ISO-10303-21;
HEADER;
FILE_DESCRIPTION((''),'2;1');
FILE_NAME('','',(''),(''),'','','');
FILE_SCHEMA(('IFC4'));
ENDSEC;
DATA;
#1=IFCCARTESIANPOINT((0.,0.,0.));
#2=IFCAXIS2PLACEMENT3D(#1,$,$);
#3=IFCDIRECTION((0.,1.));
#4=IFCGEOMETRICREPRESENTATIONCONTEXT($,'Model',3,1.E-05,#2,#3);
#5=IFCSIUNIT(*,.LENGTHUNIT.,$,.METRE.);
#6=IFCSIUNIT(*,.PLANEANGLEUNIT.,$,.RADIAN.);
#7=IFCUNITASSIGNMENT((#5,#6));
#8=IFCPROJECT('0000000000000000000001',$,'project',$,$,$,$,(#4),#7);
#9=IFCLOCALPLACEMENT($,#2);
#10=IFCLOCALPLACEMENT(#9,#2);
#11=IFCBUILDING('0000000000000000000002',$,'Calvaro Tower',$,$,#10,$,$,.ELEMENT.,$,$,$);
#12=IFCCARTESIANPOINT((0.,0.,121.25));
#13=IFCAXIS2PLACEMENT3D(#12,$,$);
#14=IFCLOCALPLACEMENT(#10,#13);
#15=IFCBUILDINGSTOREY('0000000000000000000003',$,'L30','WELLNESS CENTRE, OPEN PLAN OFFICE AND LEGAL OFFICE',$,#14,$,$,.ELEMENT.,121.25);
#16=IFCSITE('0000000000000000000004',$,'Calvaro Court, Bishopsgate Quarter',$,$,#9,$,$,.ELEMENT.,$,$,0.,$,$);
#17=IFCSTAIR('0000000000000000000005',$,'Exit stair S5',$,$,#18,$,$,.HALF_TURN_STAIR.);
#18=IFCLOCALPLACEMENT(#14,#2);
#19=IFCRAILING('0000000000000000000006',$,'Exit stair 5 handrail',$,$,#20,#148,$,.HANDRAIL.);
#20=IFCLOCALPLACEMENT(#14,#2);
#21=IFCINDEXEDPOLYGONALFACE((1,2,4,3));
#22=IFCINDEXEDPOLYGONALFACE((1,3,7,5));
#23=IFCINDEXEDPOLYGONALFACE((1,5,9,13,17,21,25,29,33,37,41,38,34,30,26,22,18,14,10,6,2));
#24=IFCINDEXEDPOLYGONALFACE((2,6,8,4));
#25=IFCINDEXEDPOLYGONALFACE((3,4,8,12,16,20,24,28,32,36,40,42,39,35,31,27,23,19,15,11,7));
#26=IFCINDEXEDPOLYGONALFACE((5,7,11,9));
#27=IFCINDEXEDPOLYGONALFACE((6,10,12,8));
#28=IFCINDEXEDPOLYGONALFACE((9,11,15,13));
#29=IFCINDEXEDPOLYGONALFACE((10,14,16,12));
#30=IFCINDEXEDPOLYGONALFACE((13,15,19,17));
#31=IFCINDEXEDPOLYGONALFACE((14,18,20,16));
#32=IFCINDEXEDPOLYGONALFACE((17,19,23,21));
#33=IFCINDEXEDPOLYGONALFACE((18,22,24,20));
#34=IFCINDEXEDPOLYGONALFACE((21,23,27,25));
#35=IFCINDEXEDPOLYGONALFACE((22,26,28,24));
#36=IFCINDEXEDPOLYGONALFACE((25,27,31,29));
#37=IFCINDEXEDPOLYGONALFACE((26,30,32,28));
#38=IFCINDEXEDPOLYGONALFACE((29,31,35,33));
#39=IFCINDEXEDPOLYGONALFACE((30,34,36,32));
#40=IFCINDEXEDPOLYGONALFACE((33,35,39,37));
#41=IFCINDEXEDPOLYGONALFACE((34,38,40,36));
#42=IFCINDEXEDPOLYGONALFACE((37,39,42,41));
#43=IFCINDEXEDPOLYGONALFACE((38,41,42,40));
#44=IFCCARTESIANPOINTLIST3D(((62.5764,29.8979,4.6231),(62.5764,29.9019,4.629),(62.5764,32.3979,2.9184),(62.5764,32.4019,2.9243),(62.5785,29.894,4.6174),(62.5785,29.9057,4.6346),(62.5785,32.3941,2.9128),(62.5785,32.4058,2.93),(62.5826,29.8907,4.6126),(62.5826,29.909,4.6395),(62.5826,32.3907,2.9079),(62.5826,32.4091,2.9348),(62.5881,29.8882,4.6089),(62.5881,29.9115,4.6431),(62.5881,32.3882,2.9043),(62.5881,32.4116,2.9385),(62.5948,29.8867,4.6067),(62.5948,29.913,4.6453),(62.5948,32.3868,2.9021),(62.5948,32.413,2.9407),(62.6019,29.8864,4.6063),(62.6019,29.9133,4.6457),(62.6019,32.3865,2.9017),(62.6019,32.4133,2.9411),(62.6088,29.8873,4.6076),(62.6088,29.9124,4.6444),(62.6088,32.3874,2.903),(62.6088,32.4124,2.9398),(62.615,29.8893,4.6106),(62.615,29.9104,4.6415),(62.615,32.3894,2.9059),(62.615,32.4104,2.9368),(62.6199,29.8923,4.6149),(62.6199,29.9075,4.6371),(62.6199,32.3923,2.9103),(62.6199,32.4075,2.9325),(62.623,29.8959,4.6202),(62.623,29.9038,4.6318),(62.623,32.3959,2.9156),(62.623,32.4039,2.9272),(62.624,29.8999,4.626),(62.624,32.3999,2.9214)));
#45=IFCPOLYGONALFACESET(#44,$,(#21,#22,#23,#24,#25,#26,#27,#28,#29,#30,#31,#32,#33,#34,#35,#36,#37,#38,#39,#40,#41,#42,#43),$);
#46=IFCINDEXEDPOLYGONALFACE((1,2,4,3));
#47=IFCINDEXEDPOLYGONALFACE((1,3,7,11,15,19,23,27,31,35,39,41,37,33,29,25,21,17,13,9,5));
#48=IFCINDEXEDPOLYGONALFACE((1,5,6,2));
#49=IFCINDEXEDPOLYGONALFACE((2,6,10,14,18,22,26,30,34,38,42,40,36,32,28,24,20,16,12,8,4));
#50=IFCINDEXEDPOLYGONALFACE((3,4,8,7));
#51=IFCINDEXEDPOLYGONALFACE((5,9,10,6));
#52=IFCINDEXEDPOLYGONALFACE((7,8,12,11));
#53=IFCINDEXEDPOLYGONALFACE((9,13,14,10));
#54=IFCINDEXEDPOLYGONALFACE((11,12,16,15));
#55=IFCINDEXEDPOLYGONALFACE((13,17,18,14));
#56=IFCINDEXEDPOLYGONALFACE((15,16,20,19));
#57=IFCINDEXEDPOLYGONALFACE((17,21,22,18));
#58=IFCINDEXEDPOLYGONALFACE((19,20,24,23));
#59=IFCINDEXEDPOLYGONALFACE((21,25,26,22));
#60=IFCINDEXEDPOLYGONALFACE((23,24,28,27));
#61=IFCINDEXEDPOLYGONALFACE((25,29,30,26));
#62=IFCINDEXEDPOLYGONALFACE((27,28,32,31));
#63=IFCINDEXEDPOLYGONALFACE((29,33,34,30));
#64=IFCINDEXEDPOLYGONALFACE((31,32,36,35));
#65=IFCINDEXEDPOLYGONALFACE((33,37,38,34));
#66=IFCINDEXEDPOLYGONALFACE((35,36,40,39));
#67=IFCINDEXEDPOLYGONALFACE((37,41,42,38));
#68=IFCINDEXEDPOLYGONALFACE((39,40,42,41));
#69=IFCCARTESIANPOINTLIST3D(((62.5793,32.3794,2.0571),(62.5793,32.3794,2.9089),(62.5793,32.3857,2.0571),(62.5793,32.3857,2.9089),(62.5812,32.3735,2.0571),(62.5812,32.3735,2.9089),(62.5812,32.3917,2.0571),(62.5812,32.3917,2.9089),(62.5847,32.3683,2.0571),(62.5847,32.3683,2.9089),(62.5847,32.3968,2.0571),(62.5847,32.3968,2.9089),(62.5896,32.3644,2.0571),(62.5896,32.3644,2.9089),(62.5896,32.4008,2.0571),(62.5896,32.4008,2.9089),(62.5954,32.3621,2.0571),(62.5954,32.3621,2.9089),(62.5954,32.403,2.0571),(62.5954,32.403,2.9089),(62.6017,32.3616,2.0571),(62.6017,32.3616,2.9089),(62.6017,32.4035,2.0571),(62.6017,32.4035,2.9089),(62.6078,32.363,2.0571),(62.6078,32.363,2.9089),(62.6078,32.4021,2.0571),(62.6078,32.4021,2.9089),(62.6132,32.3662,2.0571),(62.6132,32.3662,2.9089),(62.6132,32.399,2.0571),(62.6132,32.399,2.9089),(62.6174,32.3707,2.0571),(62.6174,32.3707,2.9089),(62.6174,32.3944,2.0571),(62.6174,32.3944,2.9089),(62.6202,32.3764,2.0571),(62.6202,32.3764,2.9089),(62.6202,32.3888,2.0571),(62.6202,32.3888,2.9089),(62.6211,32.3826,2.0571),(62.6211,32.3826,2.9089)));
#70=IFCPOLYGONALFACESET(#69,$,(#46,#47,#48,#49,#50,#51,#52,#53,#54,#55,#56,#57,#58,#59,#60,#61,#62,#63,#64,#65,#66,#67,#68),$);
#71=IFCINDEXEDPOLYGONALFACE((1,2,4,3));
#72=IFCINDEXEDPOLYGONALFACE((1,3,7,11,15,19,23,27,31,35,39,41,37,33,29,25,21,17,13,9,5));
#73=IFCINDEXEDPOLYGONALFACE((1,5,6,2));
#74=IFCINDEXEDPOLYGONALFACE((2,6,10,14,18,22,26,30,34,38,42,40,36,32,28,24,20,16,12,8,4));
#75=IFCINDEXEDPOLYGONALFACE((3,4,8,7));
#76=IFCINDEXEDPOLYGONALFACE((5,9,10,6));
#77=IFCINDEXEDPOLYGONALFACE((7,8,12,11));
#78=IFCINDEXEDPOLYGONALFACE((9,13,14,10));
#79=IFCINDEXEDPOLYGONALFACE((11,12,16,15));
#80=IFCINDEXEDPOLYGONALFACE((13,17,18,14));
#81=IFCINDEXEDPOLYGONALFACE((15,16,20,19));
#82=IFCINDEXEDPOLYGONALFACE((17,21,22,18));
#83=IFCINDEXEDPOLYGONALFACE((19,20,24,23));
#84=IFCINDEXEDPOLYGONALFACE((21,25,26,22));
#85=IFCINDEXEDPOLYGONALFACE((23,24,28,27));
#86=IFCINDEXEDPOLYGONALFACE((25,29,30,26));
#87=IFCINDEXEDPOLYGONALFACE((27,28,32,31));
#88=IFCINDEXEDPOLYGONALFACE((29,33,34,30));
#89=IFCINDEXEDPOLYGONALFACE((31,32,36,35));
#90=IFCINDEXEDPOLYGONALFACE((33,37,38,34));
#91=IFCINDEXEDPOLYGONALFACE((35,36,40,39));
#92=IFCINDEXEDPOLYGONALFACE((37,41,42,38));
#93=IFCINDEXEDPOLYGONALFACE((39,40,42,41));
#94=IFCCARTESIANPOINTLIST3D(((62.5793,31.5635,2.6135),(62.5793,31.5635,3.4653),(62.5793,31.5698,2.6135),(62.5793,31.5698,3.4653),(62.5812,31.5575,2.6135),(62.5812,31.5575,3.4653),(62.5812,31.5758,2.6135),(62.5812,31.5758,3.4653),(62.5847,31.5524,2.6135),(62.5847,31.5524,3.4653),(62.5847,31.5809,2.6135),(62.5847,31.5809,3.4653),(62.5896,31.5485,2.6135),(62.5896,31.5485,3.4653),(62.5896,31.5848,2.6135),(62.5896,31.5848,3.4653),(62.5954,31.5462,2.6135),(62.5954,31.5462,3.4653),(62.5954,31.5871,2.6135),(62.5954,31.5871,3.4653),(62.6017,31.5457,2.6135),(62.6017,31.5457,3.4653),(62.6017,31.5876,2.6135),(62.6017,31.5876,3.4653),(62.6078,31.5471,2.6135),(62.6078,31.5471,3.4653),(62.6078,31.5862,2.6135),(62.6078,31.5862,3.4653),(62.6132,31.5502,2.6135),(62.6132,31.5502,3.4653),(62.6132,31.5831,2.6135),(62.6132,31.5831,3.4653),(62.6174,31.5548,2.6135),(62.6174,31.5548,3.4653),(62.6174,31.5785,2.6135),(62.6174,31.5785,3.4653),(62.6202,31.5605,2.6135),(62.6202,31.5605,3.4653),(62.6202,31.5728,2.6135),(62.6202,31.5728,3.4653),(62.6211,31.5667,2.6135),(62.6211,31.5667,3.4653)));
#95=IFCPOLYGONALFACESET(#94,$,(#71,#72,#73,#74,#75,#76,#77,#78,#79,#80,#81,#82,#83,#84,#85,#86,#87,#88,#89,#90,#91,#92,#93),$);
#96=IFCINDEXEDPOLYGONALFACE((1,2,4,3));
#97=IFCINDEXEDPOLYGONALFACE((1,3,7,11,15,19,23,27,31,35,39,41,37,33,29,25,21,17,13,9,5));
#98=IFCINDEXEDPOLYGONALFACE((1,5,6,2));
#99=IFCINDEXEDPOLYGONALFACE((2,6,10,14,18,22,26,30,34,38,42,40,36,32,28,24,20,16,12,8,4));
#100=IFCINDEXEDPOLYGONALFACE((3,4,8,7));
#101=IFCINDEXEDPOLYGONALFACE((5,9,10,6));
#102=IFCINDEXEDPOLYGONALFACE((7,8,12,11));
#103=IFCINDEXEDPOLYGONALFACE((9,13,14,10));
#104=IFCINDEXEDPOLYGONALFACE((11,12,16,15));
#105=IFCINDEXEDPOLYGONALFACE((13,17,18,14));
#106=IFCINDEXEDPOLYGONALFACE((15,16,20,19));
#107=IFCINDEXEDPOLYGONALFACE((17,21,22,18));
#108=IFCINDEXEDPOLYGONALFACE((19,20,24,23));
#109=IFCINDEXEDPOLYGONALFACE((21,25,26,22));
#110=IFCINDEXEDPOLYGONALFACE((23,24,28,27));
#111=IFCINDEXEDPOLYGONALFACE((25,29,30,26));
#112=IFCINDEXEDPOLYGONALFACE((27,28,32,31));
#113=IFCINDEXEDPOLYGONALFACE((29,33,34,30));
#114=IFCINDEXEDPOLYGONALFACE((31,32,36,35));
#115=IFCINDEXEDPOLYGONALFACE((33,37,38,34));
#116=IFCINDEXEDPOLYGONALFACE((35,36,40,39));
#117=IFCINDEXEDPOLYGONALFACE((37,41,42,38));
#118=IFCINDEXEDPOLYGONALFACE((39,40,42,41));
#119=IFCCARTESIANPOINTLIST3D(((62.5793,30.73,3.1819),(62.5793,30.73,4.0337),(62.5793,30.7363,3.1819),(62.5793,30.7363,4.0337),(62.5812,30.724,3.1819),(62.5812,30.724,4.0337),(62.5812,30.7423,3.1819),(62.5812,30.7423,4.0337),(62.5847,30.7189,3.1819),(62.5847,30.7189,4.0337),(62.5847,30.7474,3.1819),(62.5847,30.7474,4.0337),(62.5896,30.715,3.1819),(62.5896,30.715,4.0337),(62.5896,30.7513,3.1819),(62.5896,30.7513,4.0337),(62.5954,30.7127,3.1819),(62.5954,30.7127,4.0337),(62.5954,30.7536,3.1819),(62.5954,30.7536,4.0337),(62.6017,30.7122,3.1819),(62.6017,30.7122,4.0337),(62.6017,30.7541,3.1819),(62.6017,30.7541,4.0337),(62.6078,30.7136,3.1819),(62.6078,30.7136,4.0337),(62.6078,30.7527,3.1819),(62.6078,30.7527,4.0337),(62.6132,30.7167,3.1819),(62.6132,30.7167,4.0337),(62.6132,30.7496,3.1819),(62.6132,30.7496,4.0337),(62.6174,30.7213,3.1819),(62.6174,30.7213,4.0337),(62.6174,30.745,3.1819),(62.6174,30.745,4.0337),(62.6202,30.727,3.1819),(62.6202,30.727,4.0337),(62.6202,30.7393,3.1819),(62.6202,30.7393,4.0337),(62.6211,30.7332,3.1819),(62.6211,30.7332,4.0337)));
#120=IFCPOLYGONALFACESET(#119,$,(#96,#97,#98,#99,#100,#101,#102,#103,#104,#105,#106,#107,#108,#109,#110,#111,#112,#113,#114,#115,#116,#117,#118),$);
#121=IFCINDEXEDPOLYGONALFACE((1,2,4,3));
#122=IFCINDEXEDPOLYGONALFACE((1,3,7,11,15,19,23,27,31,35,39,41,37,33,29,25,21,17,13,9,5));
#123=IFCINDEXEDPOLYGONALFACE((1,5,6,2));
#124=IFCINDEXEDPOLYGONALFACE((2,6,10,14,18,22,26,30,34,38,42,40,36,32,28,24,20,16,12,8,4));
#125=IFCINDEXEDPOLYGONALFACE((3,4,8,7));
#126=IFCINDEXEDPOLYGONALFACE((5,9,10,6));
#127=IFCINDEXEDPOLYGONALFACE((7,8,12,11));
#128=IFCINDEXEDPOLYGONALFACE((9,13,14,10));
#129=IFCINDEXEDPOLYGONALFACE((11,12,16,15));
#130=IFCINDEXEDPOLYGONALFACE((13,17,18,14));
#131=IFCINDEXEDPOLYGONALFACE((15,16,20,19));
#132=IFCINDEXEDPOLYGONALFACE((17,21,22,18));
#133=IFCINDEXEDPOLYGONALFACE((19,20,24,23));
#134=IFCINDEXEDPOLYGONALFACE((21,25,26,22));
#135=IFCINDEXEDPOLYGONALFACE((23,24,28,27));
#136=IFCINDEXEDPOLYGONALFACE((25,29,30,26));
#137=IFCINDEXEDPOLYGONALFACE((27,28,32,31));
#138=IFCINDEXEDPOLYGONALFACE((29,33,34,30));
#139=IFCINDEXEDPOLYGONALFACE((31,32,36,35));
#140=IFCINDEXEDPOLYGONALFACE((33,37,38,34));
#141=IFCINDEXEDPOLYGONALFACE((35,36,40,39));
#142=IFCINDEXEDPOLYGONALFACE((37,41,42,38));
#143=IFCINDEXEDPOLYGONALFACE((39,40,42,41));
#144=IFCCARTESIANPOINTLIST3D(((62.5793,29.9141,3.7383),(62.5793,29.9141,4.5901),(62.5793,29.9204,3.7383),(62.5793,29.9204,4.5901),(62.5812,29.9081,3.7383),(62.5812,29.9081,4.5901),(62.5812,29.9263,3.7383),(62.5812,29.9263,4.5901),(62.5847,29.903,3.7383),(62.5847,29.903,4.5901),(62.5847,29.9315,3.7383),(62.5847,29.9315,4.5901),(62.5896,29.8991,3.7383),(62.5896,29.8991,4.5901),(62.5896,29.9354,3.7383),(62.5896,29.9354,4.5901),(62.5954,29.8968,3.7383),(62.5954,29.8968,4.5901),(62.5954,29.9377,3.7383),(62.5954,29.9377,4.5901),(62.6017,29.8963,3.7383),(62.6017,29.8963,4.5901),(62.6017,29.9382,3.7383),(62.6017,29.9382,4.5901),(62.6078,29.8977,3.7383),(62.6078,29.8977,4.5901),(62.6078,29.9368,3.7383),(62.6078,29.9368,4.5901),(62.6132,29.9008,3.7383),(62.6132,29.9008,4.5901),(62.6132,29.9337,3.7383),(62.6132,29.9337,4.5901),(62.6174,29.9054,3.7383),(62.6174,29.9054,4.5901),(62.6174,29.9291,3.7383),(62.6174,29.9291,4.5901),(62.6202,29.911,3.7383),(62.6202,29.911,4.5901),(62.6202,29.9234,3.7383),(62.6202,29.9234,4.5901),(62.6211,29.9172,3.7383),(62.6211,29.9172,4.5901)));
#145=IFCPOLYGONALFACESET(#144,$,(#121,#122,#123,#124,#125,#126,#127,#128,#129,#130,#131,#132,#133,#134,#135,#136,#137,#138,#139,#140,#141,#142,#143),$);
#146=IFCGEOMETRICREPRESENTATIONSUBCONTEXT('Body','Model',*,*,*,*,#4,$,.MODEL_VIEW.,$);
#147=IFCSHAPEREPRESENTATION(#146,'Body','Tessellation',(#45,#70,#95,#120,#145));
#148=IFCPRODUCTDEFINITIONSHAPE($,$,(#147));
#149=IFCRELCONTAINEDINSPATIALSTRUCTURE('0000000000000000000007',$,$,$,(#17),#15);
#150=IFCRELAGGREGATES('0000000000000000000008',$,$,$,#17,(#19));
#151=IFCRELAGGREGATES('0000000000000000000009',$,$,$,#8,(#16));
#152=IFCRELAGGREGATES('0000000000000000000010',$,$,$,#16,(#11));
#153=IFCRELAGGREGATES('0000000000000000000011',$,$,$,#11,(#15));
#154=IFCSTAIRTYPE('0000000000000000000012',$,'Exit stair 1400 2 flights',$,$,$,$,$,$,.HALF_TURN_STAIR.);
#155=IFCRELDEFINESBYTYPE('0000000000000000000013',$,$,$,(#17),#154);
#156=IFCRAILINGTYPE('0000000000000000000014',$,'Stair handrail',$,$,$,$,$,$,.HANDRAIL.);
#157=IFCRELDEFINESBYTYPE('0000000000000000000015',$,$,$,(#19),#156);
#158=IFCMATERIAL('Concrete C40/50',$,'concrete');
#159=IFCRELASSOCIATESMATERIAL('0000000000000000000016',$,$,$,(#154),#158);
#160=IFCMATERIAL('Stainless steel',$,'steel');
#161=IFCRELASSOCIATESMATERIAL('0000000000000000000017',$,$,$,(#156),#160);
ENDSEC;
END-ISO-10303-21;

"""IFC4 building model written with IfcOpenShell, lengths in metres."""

from ifc_helpers import new_model, si_unit, direction, frame, origin, origin_2d, place, context, subcontext, project, spatial, circle, extrude, material, type_object, element, aggregate, save


model = new_model("IFC4")

# Units and contexts
model_context = context("Model", 3, precision=1e-05, world=origin(), true_north=direction((0.0, 1.0)))
body_context = subcontext(model_context, "Body", "Model", "MODEL_VIEW")
ifc_project = project(units=[si_unit("LENGTHUNIT", "METRE"), si_unit("PLANEANGLEUNIT", "RADIAN")], contexts=[model_context])

# Site, building, storey
site_placement = place(None, origin())
site = spatial("IfcSite", under=ifc_project, at=site_placement, Name="Calvaro Court, Bishopsgate Quarter", CompositionType="ELEMENT", RefElevation=0.0)
building_placement = place(site_placement, origin())
building = spatial("IfcBuilding", under=site, at=building_placement, Name="Calvaro Tower", CompositionType="ELEMENT")
storey_placement = place(building_placement, frame((0.0, 0.0, 121.25)))
storey = spatial("IfcBuildingStorey", under=building, at=storey_placement, Name="L30", Description="WELLNESS CENTRE, OPEN PLAN OFFICE AND LEGAL OFFICE", CompositionType="ELEMENT", Elevation=121.25)

# Stair
ifc_material_1 = material(Name="Concrete C40/50", Category="concrete")
stair_type = type_object("IfcStairType", Name="Exit stair 1400 2 flights", PredefinedType="HALF_TURN_STAIR", material=ifc_material_1)
stair_1_placement = place(storey_placement, origin())
stair_1 = element("IfcStair", 1, at=stair_1_placement, inside=storey, type_object=stair_type, Name="Exit stair S5", PredefinedType="HALF_TURN_STAIR")

# Shared definitions
ifc_material_2 = material(Name="Stainless steel", Category="steel")
railing_type = type_object("IfcRailingType", Name="Stair handrail", PredefinedType="HANDRAIL", material=ifc_material_2)

# Railing
railing_1_placement = place(storey_placement, frame((62.6001, 32.3999, 2.0454)))
railing_1 = element("IfcRailing", 2, at=railing_1_placement, type_object=railing_type, Name="Exit stair 5 handrail", PredefinedType="HANDRAIL", context=body_context, shape_type="SweptSolid", body=[
    extrude(circle(Radius=0.0239, at=origin_2d()), frame((0.0, 0.0, 0.876), z_axis=(0.0, -0.826221, 0.563347), x_axis=(1.0, 0.0, 0.0)), (0.0, 0.0, 1.0), 3.0259),
    extrude(circle(Radius=0.021, at=origin_2d()), frame((0.0, -0.0173, 0.0117)), (0.0, 0.0, 1.0), 0.8518),
    extrude(circle(Radius=0.021, at=origin_2d()), frame((0.0, -0.8333, 0.5681)), (0.0, 0.0, 1.0), 0.8518),
    extrude(circle(Radius=0.021, at=origin_2d()), frame((0.0, -1.6667, 1.1365)), (0.0, 0.0, 1.0), 0.8518),
    extrude(circle(Radius=0.021, at=origin_2d()), frame((0.0, -2.4827, 1.6929)), (0.0, 0.0, 1.0), 0.8518),
])
aggregate(stair_1, [railing_1])

save(model, "model.ifc")
